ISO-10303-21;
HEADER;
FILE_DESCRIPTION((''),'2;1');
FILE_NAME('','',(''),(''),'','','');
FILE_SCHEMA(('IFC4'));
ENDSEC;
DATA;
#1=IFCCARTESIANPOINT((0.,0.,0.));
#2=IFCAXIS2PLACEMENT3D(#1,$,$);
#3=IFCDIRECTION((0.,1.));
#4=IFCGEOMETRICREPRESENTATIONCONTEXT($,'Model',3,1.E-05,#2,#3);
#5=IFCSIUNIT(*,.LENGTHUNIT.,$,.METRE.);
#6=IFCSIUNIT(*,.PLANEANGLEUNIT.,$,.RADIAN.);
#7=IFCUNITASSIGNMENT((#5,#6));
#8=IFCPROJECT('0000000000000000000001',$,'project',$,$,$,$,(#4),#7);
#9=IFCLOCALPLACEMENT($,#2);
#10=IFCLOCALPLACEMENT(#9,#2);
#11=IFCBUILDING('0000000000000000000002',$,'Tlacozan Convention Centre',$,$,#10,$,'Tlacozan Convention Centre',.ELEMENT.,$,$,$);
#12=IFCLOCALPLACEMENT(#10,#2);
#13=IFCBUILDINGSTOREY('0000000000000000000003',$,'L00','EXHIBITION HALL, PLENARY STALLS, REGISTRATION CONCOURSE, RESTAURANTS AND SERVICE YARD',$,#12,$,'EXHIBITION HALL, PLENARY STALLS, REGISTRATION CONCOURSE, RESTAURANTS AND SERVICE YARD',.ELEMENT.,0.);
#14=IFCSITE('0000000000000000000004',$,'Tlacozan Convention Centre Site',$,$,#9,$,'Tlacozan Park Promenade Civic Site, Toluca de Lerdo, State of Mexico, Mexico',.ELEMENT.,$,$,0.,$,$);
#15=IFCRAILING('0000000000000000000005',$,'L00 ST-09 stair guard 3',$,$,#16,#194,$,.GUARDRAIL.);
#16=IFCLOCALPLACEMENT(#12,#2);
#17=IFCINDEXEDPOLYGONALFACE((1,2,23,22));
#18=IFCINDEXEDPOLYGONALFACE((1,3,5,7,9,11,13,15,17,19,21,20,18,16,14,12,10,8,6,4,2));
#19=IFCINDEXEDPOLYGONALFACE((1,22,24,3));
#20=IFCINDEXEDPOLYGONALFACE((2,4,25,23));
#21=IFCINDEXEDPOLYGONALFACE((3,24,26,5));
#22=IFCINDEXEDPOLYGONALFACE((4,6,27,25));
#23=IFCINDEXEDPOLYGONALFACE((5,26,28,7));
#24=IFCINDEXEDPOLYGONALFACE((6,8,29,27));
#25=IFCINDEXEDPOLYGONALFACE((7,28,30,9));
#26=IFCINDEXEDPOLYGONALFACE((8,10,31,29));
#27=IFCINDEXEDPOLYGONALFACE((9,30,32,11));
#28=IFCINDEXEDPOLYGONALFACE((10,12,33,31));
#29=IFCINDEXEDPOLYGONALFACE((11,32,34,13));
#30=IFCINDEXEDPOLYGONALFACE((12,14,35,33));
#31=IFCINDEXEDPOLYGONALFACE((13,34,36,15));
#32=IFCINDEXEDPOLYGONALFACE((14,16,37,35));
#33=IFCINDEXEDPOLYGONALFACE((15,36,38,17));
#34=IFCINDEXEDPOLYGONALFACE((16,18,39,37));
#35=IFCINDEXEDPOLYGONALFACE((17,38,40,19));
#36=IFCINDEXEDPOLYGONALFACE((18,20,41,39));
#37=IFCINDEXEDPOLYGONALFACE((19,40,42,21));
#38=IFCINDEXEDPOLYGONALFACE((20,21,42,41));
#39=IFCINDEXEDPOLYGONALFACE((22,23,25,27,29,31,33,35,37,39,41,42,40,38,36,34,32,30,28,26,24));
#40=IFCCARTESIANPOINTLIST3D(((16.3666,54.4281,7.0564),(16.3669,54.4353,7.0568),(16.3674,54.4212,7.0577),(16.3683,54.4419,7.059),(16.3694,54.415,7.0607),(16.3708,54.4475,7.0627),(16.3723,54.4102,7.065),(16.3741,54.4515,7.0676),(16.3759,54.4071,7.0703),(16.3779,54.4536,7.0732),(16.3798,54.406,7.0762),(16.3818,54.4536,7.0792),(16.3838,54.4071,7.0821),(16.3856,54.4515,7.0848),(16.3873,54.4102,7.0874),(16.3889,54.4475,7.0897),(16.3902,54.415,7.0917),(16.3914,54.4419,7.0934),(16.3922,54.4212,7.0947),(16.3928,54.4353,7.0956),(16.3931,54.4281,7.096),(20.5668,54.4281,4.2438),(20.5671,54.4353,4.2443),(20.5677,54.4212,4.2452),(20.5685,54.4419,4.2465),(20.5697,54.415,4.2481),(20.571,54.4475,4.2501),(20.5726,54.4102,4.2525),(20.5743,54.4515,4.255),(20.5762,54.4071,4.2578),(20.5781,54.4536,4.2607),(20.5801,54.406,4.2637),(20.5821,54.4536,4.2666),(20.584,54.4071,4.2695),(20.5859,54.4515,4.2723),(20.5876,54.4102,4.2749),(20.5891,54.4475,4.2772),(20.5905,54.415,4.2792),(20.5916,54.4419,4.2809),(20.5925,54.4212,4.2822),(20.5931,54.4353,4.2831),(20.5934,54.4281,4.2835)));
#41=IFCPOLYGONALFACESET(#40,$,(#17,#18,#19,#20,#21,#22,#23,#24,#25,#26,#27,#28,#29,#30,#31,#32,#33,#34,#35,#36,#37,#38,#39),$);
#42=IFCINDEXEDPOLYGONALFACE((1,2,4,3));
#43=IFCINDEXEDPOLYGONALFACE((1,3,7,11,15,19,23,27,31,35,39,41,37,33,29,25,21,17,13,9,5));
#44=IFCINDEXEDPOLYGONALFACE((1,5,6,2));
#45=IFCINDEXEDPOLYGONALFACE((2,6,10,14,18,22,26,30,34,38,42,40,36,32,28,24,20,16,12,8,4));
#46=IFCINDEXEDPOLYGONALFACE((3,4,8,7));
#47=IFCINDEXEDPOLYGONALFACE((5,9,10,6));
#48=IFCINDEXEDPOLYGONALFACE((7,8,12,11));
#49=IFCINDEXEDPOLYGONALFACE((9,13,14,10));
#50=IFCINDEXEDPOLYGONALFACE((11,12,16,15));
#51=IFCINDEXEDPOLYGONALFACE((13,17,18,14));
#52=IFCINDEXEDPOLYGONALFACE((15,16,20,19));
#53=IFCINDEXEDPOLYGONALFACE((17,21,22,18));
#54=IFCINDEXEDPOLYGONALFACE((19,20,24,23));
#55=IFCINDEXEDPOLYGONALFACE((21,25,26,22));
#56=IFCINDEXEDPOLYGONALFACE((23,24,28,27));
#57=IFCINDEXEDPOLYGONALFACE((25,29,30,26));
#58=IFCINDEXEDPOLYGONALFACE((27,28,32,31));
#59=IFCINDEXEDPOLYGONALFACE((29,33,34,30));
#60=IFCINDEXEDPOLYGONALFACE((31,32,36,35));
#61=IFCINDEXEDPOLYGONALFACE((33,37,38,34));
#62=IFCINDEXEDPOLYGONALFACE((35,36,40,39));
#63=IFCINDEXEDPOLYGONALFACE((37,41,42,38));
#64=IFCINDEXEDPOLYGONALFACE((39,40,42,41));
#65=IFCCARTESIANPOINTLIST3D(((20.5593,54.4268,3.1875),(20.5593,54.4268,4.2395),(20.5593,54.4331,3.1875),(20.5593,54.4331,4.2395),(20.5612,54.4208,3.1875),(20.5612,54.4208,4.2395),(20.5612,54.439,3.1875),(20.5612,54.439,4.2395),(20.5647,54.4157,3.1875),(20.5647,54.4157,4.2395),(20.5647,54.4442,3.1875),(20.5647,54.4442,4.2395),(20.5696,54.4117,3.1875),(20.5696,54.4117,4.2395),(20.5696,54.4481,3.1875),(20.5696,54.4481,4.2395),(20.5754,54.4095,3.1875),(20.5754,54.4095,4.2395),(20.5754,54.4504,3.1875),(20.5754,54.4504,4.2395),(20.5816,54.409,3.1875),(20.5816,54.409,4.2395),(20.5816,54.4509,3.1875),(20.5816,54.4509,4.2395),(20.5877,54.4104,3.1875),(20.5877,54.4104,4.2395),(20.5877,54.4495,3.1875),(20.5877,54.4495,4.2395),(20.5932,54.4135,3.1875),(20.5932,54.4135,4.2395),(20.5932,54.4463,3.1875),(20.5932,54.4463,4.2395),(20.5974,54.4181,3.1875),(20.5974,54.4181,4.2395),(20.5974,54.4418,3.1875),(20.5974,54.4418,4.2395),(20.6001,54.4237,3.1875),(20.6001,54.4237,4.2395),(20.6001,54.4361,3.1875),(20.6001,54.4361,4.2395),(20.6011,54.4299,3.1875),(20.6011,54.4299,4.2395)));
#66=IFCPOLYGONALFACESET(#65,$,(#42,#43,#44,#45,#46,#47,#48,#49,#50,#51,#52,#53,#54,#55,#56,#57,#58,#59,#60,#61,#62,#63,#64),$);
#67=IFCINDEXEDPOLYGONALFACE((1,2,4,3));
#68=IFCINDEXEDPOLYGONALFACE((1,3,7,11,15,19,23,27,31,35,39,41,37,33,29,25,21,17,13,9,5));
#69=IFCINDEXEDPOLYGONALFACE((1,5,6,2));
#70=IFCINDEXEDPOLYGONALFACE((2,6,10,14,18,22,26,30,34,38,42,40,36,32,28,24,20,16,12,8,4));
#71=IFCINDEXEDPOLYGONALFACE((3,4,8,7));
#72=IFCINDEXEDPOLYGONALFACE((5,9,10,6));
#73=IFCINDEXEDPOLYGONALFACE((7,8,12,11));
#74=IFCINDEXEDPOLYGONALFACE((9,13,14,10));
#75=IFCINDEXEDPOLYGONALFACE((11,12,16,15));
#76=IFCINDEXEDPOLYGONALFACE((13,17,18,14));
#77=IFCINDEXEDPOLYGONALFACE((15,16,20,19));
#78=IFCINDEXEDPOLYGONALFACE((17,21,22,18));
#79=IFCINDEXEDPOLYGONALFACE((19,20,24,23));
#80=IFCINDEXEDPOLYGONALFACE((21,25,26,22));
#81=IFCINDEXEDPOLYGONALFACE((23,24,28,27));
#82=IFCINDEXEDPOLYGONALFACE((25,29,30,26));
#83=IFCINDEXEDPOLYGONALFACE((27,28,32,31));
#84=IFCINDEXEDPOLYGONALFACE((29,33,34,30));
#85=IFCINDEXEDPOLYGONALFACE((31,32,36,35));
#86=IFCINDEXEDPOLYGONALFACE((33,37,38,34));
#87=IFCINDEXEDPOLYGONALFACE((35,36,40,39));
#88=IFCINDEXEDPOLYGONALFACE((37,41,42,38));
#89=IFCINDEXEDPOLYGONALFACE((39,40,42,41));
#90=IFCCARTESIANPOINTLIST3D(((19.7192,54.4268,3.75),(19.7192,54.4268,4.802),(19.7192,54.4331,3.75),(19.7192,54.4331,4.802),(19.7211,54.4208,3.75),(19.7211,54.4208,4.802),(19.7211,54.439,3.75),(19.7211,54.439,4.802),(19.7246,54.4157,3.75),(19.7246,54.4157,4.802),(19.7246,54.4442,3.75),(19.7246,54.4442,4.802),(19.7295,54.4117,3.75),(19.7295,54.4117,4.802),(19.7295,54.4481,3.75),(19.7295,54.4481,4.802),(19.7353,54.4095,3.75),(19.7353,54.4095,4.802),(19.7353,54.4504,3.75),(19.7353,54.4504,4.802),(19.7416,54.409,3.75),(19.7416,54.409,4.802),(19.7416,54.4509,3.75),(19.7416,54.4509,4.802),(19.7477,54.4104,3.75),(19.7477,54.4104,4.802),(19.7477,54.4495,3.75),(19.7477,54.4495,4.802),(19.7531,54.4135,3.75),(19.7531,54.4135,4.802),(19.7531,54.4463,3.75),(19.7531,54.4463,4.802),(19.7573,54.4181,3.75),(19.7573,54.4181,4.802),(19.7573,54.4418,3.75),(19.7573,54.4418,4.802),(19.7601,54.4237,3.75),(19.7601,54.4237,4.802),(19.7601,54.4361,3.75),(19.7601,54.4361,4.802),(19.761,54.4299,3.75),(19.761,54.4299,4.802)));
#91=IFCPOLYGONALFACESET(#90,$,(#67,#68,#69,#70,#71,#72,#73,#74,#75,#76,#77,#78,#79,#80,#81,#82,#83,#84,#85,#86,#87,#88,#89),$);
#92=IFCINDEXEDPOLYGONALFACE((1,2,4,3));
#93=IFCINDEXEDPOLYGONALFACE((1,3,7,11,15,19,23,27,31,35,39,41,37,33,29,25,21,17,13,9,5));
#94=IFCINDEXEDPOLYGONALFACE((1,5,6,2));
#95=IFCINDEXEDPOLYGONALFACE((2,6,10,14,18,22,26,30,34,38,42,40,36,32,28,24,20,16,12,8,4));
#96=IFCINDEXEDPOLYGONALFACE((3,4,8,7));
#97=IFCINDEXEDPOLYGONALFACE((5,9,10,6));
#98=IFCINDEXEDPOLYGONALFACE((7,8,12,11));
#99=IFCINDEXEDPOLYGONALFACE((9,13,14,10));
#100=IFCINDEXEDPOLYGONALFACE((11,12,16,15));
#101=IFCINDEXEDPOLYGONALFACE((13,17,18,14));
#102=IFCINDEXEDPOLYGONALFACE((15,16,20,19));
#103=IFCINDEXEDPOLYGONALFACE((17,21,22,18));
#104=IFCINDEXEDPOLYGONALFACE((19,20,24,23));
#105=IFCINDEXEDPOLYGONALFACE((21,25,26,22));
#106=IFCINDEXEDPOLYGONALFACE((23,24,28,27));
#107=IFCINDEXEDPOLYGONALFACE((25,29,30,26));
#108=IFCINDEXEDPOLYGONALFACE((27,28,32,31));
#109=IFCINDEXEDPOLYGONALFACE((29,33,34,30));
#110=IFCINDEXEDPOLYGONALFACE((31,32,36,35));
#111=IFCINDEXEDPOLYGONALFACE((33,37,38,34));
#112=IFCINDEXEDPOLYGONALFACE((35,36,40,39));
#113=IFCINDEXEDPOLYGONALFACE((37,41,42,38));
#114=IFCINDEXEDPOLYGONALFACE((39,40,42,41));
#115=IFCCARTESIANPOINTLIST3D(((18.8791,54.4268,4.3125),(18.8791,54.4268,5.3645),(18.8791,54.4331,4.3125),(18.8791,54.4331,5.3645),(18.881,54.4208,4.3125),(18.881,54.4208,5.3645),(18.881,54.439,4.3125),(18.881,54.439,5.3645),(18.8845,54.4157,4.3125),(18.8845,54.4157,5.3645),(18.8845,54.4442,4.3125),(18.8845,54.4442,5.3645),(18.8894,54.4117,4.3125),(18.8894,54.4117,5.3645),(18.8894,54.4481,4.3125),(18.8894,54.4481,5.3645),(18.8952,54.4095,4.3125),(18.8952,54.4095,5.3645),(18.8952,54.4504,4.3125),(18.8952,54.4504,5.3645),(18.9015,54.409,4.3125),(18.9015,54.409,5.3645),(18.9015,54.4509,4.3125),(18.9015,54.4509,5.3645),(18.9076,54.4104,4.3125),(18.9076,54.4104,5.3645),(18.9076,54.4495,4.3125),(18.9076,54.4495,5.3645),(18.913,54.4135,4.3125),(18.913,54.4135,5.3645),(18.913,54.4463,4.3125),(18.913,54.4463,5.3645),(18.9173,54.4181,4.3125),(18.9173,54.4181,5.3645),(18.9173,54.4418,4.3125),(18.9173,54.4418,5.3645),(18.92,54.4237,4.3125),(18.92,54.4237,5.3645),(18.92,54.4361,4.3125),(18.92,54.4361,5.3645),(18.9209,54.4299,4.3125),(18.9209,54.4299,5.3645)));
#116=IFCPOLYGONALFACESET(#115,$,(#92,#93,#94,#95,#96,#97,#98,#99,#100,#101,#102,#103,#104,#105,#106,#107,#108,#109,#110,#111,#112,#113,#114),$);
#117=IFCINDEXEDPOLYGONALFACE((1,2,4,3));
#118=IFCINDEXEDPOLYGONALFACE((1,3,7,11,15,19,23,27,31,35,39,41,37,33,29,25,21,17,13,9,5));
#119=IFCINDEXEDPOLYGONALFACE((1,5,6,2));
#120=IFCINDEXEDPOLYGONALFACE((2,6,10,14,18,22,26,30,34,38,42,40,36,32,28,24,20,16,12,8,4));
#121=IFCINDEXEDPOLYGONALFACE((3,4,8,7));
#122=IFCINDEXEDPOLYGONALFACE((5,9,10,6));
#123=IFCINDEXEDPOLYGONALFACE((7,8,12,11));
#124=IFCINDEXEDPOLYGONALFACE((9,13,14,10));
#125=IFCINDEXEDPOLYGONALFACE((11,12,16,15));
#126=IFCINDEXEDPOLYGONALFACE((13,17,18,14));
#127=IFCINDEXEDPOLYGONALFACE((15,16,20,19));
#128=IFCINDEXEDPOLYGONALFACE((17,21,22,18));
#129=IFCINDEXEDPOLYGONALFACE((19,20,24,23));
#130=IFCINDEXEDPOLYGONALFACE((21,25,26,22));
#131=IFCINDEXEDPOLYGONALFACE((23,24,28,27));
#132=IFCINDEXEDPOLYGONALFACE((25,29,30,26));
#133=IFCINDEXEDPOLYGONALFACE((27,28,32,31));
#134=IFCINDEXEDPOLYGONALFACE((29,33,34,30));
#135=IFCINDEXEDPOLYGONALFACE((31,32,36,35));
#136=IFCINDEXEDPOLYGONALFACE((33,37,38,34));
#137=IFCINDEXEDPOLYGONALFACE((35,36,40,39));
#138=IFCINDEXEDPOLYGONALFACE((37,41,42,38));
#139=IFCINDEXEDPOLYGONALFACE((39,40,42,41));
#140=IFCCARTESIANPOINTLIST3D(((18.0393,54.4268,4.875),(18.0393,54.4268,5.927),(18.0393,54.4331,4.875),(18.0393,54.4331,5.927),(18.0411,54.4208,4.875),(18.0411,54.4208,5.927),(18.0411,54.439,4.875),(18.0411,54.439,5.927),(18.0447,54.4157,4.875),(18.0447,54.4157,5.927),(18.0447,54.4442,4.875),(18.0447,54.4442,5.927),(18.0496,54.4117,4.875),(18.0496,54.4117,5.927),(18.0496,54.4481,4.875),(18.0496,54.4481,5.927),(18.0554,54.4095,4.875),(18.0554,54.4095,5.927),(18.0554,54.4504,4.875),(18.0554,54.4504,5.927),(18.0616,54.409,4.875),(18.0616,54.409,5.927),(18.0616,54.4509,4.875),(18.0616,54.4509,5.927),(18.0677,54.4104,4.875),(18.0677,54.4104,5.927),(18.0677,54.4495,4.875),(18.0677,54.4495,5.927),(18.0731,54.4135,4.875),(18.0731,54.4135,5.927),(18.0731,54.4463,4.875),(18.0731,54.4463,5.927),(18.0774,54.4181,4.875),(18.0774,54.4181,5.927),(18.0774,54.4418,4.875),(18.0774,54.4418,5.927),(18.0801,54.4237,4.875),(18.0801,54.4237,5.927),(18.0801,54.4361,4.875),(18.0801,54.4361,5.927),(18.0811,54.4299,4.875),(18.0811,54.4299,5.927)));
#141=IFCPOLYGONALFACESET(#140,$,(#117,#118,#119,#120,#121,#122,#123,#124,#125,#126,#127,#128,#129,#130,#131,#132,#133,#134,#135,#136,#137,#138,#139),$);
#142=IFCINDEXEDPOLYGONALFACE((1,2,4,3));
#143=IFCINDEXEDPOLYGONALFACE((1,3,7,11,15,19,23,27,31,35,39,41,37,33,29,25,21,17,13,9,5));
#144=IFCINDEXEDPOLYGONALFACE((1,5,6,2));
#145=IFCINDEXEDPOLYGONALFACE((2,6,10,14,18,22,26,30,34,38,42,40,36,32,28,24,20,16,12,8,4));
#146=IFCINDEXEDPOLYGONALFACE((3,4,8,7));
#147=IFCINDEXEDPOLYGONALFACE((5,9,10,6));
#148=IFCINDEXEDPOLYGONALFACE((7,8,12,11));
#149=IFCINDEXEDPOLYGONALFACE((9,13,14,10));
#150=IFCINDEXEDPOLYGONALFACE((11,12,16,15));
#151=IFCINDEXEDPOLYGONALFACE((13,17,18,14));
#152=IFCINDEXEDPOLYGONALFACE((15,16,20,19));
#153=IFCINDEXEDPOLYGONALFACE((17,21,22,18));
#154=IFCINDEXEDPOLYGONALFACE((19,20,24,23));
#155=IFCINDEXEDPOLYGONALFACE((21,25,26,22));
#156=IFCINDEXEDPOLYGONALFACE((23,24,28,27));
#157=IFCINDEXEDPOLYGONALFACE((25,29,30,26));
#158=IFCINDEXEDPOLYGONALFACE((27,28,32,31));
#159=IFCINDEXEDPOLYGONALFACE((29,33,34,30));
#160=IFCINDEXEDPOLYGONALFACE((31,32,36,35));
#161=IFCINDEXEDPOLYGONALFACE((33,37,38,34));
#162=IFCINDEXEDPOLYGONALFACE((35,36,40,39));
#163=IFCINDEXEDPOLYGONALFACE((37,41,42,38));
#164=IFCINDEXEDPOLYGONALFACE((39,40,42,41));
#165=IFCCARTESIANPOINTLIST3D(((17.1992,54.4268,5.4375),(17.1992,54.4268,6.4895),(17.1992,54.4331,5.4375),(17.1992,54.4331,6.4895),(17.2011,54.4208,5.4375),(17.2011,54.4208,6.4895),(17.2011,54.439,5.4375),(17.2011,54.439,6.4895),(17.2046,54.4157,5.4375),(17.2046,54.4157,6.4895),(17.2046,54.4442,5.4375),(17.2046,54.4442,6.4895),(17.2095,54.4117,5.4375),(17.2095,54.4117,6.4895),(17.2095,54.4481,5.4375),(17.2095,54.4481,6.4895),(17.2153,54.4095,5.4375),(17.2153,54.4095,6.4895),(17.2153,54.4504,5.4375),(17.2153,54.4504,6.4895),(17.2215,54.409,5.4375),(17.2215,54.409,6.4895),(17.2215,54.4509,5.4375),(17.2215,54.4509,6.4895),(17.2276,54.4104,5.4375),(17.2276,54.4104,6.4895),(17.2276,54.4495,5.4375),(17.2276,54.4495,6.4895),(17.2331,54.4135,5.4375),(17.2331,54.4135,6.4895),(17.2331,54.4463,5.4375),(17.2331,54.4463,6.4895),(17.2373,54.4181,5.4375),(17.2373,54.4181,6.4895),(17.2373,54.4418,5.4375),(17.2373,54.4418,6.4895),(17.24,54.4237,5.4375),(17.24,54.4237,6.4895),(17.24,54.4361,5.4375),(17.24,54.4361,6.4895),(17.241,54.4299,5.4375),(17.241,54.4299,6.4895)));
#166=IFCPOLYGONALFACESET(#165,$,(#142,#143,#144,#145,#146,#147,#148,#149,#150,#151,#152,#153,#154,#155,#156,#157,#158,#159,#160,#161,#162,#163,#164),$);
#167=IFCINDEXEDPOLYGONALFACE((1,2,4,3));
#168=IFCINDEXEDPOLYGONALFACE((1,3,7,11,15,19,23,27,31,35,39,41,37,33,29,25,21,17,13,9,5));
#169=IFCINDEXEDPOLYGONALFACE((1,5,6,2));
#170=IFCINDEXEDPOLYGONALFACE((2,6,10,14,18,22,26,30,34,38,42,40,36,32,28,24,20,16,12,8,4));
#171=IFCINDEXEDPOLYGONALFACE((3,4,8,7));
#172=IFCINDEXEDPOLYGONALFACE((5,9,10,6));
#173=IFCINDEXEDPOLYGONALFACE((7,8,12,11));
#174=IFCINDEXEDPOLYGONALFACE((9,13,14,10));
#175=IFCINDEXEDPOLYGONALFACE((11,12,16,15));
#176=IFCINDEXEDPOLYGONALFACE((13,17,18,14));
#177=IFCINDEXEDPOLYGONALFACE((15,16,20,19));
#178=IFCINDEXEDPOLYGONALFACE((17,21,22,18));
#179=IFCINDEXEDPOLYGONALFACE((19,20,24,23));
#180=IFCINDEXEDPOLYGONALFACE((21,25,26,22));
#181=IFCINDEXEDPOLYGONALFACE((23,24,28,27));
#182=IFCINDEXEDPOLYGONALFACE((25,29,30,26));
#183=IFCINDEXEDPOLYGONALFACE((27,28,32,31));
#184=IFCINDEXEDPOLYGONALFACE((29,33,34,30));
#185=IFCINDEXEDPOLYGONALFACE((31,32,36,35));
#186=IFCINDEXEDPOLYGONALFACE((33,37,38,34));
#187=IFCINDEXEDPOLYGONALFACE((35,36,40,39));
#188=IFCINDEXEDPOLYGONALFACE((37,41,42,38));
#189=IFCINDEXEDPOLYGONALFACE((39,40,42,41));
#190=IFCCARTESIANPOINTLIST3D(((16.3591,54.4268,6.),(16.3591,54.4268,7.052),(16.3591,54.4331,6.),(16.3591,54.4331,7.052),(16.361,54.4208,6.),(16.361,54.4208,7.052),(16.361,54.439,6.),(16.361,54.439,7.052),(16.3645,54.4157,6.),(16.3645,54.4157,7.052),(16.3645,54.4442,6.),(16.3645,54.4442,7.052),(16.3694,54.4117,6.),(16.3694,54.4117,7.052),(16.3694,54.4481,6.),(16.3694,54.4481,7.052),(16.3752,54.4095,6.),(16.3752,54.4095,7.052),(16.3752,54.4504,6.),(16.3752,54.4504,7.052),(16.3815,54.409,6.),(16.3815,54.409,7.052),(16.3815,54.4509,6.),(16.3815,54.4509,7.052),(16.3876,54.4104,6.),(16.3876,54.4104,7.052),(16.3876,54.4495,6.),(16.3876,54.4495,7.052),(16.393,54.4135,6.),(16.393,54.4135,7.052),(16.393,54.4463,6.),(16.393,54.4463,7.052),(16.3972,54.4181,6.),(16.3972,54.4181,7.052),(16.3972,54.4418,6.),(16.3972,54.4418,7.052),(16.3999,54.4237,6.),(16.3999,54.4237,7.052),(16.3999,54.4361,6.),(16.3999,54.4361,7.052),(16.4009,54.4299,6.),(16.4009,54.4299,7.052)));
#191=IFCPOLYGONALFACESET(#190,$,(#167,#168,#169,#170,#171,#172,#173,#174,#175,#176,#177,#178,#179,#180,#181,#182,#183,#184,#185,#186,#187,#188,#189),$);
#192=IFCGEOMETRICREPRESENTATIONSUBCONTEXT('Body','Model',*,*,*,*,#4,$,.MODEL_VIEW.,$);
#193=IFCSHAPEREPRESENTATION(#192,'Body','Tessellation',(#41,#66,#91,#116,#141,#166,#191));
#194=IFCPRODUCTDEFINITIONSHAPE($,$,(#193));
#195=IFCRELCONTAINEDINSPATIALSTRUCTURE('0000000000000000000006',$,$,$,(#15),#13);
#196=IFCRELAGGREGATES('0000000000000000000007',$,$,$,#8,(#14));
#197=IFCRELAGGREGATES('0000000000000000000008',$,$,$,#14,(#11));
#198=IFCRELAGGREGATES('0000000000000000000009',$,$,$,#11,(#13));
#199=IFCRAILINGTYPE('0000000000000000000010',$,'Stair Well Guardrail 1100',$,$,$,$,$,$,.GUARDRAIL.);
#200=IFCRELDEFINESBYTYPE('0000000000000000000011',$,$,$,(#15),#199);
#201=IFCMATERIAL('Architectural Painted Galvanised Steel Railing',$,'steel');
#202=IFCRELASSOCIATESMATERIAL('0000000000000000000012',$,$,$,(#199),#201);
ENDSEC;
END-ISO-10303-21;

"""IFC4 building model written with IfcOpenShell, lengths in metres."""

from ifc_helpers import new_model, si_unit, direction, frame, origin, origin_2d, place, context, subcontext, project, spatial, circle, extrude, material, type_object, element, save


model = new_model("IFC4")

# Units and contexts
model_context = context("Model", 3, precision=1e-05, world=origin(), true_north=direction((0.0, 1.0)))
body_context = subcontext(model_context, "Body", "Model", "MODEL_VIEW")
ifc_project = project(units=[si_unit("LENGTHUNIT", "METRE"), si_unit("PLANEANGLEUNIT", "RADIAN")], contexts=[model_context])

# Site, building, storey
site_placement = place(None, origin())
site = spatial("IfcSite", under=ifc_project, at=site_placement, Name="Tlacozan Convention Centre Site", LongName="Tlacozan Park Promenade Civic Site, Toluca de Lerdo, State of Mexico, Mexico", CompositionType="ELEMENT", RefElevation=0.0)
building_placement = place(site_placement, origin())
building = spatial("IfcBuilding", under=site, at=building_placement, Name="Tlacozan Convention Centre", LongName="Tlacozan Convention Centre", CompositionType="ELEMENT")
storey_placement = place(building_placement, origin())
storey = spatial("IfcBuildingStorey", under=building, at=storey_placement, Name="L00", Description="EXHIBITION HALL, PLENARY STALLS, REGISTRATION CONCOURSE, RESTAURANTS AND SERVICE YARD", LongName="EXHIBITION HALL, PLENARY STALLS, REGISTRATION CONCOURSE, RESTAURANTS AND SERVICE YARD", CompositionType="ELEMENT", Elevation=0.0)

# Railing
ifc_material_1 = material(Name="Architectural Painted Galvanised Steel Railing", Category="steel")
railing_type_1 = type_object("IfcRailingType", Name="Stair Well Guardrail 1100", PredefinedType="GUARDRAIL", material=ifc_material_1)
railing_1_placement = place(storey_placement, frame((20.5801, 54.4299, 3.1875)))
element("IfcRailing", 1, at=railing_1_placement, inside=storey, type_object=railing_type_1, Name="L00 ST-09 stair guard 3", PredefinedType="GUARDRAIL", context=body_context, shape_type="SweptSolid", body=[
    extrude(circle(Radius=0.0239, at=origin_2d()), frame((0.0, 0.0, 1.0762), z_axis=(-0.830919, 0.0, 0.556393), x_axis=(0.0, -1.0, 0.0)), (0.0, 0.0, 1.0), 5.0549),
    extrude(circle(Radius=0.021, at=origin_2d()), origin(), (0.0, 0.0, 1.0), 1.052),
    extrude(circle(Radius=0.021, at=origin_2d()), frame((-0.8401, 0.0, 0.5625)), (0.0, 0.0, 1.0), 1.052),
    extrude(circle(Radius=0.021, at=origin_2d()), frame((-1.6802, 0.0, 1.125)), (0.0, 0.0, 1.0), 1.052),
    extrude(circle(Radius=0.021, at=origin_2d()), frame((-2.52, 0.0, 1.6875)), (0.0, 0.0, 1.0), 1.052),
    extrude(circle(Radius=0.021, at=origin_2d()), frame((-3.3601, 0.0, 2.25)), (0.0, 0.0, 1.0), 1.052),
    extrude(circle(Radius=0.021, at=origin_2d()), frame((-4.2002, 0.0, 2.8125)), (0.0, 0.0, 1.0), 1.052),
])

save(model, "model.ifc")
